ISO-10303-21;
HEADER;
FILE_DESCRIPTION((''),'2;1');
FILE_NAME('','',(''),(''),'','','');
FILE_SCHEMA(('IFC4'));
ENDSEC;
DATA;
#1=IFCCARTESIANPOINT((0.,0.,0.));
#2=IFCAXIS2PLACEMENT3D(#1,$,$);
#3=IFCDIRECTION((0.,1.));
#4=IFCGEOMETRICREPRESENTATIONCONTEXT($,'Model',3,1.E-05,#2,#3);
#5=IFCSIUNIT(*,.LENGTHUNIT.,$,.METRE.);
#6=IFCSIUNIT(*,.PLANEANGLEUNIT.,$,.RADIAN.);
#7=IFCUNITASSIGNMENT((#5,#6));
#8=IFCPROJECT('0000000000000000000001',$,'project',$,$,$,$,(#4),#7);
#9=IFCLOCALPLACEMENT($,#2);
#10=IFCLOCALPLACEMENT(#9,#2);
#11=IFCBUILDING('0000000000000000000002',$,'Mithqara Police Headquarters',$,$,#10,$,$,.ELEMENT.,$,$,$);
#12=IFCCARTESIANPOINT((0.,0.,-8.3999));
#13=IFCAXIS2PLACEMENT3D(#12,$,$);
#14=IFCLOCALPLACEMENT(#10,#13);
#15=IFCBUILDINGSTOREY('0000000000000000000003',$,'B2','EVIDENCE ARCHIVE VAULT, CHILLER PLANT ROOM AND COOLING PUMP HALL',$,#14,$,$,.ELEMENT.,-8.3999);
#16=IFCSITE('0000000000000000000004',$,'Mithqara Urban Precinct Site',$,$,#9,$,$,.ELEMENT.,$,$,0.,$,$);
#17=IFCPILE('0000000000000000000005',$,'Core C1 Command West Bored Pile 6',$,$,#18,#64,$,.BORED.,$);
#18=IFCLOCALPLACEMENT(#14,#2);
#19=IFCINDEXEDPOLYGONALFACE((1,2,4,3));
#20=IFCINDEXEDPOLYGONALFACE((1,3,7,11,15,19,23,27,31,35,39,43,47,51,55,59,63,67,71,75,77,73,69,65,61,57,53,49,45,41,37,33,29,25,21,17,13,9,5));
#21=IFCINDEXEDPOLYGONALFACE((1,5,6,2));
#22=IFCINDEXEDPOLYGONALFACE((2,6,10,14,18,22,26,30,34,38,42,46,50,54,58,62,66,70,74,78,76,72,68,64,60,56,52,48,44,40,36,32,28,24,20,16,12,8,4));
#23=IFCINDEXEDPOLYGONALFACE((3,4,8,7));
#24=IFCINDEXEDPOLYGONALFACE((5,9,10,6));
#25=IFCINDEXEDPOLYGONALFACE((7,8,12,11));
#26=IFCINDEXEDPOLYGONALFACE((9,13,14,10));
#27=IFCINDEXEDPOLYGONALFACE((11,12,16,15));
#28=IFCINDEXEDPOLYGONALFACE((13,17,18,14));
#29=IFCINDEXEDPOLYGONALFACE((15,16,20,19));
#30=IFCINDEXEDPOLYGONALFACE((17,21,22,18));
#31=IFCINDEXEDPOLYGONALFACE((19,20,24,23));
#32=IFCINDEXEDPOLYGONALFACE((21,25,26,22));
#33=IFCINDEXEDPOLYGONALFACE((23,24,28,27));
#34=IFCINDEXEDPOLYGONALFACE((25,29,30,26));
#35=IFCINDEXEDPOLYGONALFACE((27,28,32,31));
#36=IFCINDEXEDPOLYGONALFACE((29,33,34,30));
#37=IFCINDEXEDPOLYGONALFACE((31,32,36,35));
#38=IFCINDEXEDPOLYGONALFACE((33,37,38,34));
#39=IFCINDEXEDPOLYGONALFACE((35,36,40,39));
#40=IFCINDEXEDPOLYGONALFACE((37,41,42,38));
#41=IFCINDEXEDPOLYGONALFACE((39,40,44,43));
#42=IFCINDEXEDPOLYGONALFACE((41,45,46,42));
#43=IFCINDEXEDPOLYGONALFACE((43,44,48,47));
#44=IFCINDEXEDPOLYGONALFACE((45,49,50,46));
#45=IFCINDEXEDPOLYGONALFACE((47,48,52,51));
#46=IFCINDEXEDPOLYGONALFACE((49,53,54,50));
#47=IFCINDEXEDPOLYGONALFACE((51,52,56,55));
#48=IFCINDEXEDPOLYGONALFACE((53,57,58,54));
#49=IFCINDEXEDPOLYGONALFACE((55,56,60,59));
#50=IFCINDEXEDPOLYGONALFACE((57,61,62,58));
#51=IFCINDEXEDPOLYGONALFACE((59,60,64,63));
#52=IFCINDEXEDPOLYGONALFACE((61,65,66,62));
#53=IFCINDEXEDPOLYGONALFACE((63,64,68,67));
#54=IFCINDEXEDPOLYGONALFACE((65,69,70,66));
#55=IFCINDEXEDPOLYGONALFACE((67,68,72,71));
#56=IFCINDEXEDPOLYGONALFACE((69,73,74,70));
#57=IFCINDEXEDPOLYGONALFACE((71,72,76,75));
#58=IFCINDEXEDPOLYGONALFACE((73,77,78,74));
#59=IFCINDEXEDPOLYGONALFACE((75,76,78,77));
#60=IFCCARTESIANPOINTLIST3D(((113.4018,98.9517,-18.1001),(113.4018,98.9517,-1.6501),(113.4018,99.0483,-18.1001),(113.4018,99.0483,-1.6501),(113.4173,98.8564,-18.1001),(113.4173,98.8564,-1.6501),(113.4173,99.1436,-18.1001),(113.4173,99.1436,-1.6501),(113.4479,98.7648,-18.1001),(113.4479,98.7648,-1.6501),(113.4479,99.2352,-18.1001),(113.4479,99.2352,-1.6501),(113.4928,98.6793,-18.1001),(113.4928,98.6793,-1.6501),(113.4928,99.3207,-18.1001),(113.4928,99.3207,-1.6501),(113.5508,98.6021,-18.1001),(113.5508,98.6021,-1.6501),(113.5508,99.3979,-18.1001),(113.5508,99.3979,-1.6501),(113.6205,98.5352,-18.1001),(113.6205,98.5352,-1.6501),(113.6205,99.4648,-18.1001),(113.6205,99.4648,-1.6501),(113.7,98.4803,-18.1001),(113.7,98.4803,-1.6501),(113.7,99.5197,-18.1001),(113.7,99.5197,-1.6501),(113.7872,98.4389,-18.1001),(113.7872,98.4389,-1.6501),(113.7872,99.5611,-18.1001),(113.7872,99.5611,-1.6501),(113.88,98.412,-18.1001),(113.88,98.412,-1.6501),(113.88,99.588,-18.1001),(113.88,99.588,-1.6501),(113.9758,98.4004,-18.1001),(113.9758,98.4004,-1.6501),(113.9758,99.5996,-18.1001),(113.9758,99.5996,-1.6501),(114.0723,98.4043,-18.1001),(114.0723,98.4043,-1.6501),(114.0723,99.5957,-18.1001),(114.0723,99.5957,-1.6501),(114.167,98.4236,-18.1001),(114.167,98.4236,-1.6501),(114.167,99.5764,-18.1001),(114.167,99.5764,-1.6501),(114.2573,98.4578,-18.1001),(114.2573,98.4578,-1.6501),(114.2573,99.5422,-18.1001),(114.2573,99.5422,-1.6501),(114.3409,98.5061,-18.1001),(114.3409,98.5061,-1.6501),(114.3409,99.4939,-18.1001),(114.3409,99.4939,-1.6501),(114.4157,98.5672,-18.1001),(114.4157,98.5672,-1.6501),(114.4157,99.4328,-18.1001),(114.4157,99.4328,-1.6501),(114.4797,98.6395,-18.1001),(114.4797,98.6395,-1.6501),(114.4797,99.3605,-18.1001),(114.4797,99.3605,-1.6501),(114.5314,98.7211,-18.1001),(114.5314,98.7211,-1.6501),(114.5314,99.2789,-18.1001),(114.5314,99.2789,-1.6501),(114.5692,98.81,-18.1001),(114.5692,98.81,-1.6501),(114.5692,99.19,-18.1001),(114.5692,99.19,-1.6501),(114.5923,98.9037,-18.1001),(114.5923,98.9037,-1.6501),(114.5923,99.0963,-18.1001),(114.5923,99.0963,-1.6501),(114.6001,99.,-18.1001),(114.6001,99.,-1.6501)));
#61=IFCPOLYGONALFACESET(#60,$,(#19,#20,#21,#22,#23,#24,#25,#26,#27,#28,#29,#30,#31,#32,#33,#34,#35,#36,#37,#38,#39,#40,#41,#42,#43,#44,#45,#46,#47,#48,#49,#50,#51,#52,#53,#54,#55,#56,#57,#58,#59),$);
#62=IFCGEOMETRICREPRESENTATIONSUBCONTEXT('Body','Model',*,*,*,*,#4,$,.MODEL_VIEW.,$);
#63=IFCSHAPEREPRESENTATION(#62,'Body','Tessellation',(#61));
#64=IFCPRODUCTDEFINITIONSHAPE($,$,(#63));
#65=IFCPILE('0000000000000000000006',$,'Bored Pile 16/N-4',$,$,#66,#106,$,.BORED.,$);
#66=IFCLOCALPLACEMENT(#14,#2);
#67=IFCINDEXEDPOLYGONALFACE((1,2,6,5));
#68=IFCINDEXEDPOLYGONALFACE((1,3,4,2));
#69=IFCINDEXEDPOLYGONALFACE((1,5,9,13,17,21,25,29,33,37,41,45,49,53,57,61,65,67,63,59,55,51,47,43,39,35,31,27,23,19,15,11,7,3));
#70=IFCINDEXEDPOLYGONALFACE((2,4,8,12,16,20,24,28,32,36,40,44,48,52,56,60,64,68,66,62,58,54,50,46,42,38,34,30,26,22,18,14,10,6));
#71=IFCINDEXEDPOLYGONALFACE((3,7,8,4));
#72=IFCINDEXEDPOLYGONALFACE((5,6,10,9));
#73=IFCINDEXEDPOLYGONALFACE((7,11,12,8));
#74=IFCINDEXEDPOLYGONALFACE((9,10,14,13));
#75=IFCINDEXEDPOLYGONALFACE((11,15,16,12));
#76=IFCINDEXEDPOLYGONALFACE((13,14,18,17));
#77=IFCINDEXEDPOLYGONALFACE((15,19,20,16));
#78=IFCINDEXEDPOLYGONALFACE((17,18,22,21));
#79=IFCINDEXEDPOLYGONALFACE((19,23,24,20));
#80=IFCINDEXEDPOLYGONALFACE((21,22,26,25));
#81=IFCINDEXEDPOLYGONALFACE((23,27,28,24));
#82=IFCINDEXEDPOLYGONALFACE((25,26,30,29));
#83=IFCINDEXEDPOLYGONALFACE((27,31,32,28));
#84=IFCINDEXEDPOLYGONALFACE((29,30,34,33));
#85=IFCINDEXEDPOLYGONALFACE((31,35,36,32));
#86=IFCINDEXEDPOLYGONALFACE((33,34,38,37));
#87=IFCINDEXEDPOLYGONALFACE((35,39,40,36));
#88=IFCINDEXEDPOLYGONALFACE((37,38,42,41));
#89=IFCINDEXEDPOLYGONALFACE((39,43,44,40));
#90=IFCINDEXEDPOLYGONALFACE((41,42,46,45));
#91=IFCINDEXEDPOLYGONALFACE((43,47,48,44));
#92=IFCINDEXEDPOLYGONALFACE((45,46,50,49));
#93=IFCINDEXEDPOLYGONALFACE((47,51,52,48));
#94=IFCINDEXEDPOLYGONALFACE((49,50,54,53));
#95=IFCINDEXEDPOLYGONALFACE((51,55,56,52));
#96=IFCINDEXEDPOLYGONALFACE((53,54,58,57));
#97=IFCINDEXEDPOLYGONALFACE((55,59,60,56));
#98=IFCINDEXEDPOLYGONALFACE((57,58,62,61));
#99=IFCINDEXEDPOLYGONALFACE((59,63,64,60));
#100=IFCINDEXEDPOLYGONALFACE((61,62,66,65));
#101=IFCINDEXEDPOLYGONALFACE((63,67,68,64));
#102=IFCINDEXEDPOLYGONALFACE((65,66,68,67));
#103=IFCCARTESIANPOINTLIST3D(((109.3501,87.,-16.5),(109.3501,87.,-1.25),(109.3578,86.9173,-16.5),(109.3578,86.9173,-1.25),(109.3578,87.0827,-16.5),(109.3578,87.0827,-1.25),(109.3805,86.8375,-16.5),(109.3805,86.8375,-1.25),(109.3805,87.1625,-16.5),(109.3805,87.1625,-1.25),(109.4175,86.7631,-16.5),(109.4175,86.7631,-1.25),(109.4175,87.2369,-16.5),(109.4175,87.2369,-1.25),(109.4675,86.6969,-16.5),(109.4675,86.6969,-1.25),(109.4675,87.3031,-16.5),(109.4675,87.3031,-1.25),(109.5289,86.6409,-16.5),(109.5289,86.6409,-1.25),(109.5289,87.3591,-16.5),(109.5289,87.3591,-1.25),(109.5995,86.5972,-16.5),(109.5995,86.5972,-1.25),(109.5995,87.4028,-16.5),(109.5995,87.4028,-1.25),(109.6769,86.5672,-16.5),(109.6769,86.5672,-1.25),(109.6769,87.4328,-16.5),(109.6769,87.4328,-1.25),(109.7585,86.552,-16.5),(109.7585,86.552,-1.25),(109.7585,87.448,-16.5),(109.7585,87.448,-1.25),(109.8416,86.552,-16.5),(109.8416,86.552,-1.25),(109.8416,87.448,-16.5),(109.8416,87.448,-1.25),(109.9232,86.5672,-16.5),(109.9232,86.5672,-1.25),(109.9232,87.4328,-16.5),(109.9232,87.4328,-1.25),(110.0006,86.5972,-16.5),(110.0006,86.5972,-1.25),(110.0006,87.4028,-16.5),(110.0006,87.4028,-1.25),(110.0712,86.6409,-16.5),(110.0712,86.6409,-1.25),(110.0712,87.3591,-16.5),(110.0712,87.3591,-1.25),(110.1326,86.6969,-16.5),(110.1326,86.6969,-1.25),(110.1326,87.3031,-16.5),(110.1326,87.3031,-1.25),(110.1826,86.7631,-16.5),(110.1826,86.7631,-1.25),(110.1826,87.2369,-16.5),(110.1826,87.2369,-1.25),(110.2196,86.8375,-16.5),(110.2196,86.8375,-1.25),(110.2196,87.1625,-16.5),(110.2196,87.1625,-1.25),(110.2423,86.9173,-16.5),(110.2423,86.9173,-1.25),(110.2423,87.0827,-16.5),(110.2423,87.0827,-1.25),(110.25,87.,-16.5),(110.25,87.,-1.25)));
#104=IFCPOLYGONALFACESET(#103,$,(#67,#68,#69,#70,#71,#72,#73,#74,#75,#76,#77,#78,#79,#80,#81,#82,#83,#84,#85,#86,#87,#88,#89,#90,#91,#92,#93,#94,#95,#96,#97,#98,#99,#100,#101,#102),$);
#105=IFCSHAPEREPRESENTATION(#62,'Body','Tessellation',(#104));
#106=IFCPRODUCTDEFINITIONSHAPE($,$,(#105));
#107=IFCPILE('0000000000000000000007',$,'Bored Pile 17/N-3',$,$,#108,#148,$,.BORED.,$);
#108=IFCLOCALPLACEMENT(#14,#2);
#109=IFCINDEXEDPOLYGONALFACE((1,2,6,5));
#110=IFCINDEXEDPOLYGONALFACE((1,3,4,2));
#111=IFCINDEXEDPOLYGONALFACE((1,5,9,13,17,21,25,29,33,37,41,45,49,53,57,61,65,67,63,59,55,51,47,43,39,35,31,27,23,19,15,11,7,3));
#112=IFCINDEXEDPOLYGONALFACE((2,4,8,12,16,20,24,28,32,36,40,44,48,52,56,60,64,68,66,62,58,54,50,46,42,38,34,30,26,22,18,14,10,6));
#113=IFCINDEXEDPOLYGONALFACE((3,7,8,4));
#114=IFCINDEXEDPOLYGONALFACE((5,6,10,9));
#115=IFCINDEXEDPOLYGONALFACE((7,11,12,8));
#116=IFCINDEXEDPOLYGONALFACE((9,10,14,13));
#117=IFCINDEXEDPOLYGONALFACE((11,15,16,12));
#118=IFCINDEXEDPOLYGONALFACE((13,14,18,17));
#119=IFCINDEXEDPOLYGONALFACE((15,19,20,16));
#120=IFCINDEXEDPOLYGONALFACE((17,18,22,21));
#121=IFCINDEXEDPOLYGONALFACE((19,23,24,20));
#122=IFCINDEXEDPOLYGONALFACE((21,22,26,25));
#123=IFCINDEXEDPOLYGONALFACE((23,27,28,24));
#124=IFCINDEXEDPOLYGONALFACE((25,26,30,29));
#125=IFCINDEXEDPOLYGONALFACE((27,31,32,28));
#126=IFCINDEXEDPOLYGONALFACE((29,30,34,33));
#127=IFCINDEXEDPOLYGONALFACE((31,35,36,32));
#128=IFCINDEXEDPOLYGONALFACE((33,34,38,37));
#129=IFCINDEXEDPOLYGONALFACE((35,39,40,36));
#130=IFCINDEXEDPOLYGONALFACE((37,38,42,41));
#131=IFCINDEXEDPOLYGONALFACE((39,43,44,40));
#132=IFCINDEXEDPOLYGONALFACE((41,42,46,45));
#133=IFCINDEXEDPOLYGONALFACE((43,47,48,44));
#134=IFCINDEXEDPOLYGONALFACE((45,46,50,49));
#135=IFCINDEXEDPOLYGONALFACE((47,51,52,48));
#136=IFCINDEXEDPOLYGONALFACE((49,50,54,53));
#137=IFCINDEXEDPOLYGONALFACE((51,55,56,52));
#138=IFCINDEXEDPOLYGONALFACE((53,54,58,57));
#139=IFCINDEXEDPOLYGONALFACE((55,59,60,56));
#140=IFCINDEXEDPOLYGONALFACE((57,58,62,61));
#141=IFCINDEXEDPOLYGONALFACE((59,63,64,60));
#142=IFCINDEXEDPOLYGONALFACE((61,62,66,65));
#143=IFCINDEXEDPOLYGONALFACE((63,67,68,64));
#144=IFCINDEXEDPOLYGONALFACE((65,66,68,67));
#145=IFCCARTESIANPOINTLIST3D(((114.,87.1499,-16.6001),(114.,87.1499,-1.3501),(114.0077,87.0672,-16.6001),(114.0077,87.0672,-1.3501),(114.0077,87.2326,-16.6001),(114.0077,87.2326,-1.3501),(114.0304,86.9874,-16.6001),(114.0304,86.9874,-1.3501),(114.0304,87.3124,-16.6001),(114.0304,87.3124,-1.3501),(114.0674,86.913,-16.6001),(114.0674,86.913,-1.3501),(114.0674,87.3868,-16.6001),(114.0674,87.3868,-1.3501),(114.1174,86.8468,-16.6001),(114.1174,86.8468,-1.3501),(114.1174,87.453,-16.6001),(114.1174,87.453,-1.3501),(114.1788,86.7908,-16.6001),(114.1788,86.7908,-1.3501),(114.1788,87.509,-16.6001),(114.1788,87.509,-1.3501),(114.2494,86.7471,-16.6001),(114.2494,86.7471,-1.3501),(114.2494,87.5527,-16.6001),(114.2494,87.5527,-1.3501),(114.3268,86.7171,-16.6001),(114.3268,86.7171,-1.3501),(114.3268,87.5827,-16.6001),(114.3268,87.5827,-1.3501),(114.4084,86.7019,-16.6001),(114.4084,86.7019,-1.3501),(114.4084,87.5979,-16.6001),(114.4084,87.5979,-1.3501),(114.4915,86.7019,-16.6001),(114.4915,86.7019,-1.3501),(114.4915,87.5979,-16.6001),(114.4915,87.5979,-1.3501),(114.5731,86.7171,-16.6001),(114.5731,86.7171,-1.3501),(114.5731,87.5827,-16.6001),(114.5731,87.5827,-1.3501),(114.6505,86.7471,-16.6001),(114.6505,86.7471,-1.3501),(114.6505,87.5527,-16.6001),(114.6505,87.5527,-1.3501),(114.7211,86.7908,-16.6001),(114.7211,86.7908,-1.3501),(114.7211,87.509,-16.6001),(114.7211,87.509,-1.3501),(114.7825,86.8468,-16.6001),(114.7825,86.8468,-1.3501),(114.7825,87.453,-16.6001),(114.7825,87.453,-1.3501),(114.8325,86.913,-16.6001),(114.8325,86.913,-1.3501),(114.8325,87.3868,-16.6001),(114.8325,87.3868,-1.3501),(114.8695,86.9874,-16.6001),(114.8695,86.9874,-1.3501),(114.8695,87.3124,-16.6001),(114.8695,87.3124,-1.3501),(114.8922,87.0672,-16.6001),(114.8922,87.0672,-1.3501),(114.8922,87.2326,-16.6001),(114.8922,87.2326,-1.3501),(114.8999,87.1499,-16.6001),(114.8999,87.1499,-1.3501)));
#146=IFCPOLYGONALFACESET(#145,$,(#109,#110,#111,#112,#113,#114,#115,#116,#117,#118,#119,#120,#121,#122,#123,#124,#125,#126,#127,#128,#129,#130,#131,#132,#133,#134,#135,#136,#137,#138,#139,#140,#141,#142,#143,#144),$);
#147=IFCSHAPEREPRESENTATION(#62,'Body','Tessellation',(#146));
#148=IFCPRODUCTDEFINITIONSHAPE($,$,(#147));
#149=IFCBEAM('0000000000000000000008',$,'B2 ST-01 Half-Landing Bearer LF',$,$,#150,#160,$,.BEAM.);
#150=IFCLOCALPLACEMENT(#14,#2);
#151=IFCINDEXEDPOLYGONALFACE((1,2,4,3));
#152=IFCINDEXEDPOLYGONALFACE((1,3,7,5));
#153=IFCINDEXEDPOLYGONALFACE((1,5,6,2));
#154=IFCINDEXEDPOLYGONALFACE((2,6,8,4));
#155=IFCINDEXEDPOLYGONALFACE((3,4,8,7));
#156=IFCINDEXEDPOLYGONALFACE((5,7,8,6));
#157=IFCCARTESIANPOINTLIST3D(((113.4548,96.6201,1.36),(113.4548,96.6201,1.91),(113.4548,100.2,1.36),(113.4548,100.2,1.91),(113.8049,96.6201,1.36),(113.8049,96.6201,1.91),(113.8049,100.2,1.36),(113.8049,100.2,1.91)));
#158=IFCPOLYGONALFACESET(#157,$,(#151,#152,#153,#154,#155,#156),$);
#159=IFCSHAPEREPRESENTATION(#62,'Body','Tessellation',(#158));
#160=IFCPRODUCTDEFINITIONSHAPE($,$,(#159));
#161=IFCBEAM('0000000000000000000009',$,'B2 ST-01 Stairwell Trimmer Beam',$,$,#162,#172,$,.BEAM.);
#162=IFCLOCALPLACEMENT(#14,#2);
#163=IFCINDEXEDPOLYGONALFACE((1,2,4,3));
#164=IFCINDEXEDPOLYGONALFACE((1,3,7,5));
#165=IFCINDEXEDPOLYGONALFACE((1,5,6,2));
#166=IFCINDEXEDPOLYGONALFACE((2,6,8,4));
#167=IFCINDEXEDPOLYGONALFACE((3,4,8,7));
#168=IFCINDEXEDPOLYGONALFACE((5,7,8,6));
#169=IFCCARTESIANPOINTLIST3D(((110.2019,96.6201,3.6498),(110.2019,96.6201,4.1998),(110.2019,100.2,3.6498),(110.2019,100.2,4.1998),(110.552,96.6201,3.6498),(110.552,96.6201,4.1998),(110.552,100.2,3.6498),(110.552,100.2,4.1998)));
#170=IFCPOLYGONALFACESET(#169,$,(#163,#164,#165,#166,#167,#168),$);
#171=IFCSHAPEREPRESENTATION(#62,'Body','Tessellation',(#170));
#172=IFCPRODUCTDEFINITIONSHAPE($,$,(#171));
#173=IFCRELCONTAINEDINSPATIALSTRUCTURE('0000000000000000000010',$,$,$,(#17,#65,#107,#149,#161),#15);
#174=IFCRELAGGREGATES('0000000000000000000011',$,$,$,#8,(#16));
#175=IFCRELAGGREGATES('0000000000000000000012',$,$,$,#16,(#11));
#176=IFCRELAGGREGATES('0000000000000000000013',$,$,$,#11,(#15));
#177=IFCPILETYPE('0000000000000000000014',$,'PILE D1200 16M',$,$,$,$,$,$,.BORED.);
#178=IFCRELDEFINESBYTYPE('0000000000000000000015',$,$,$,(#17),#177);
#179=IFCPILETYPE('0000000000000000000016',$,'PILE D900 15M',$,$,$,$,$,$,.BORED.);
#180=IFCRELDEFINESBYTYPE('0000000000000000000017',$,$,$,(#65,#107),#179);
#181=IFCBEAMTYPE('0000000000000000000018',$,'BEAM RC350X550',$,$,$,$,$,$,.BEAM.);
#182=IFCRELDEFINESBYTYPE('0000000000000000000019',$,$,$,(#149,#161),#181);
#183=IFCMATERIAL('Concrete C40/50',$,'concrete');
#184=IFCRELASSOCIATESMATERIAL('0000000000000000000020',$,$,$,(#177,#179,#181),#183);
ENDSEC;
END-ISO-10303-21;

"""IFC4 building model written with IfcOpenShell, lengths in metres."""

from ifc_helpers import new_model, si_unit, direction, frame, origin, origin_2d, place, context, subcontext, project, spatial, rectangle, circle, extrude, material, material_profile, profile_set, type_object, element, save


model = new_model("IFC4")

# Units and contexts
model_context = context("Model", 3, precision=1e-05, world=origin(), true_north=direction((0.0, 1.0)))
body_context = subcontext(model_context, "Body", "Model", "MODEL_VIEW")
ifc_project = project(units=[si_unit("LENGTHUNIT", "METRE"), si_unit("PLANEANGLEUNIT", "RADIAN")], contexts=[model_context])

# Site, building, storey
site_placement = place(None, origin())
site = spatial("IfcSite", under=ifc_project, at=site_placement, Name="Mithqara Urban Precinct Site", CompositionType="ELEMENT", RefElevation=0.0)
building_placement = place(site_placement, origin())
building = spatial("IfcBuilding", under=site, at=building_placement, Name="Mithqara Police Headquarters", CompositionType="ELEMENT")
storey_placement = place(building_placement, frame((0.0, 0.0, -8.3999)))
storey = spatial("IfcBuildingStorey", under=building, at=storey_placement, Name="B2", Description="EVIDENCE ARCHIVE VAULT, CHILLER PLANT ROOM AND COOLING PUMP HALL", CompositionType="ELEMENT", Elevation=-8.3999)

# Shared definitions
ifc_material_1 = material(Name="Concrete C40/50", Category="concrete")

# Piles
ifc_material_profile_1 = material_profile(ifc_material_1, circle(Radius=0.6001, at=origin_2d()), Name="PILE D1200")
ifc_profile_set_1 = profile_set([ifc_material_profile_1], Name="Concrete C40/50")
pile_type_1 = type_object("IfcPileType", Name="PILE D1200 16M", PredefinedType="BORED", material=ifc_profile_set_1)
for number, where, z_axis, x_axis, name in (
    (1, (114.0, 99.0, -1.6501), (0.0, 0.0, -1.0), (1.0, 0.0, 0.0), "Core C1 Command West Bored Pile 6"),
):
    element("IfcPile", number, at=place(storey_placement, frame(where, z_axis=z_axis, x_axis=x_axis)), inside=storey, type_object=pile_type_1, Name=name, PredefinedType="BORED", context=body_context, shape_type="SweptSolid", body=[
        extrude(circle(Radius=0.6001, at=origin_2d()), origin(), (0.0, 0.0, 1.0), 16.45),
    ])
ifc_material_profile_2 = material_profile(ifc_material_1, circle(Radius=0.45, at=origin_2d()), Name="PILE D900")
ifc_profile_set_2 = profile_set([ifc_material_profile_2], Name="Concrete C40/50")
pile_type_2 = type_object("IfcPileType", Name="PILE D900 15M", PredefinedType="BORED", material=ifc_profile_set_2)
for number, where, z_axis, x_axis, name in (
    (2, (109.8, 87.0, -1.25), (0.0, 0.0, -1.0), (1.0, 0.0, 0.0), "Bored Pile 16/N-4"),
    (3, (114.45, 87.1499, -1.3501), (0.0, 0.0, -1.0), (1.0, 0.0, 0.0), "Bored Pile 17/N-3"),
):
    element("IfcPile", number, at=place(storey_placement, frame(where, z_axis=z_axis, x_axis=x_axis)), inside=storey, type_object=pile_type_2, Name=name, PredefinedType="BORED", context=body_context, shape_type="SweptSolid", body=[
        extrude(circle(Radius=0.45, at=origin_2d()), origin(), (0.0, 0.0, 1.0), 15.25),
    ])

# Beams
ifc_material_profile_3 = material_profile(ifc_material_1, rectangle(XDim=0.3501, YDim=0.55, at=origin_2d()), Name="RC 350x550")
ifc_profile_set_3 = profile_set([ifc_material_profile_3], Name="Concrete C40/50")
beam_type = type_object("IfcBeamType", Name="BEAM RC350X550", PredefinedType="BEAM", material=ifc_profile_set_3)
for number, where, z_axis, x_axis, name in (
    (4, (113.6299, 96.6201, 1.635), (0.0, 1.0, 0.0), (-1.0, 0.0, 0.0), "B2 ST-01 Half-Landing Bearer LF"),
    (5, (110.377, 96.6201, 3.9248), (0.0, 1.0, 0.0), (-1.0, 0.0, 0.0), "B2 ST-01 Stairwell Trimmer Beam"),
):
    element("IfcBeam", number, at=place(storey_placement, frame(where, z_axis=z_axis, x_axis=x_axis)), inside=storey, type_object=beam_type, Name=name, PredefinedType="BEAM", context=body_context, shape_type="SweptSolid", body=[
        extrude(rectangle(XDim=0.3501, YDim=0.55, at=origin_2d()), origin(), (0.0, 0.0, 1.0), 3.5798),
    ])

save(model, "model.ifc")
